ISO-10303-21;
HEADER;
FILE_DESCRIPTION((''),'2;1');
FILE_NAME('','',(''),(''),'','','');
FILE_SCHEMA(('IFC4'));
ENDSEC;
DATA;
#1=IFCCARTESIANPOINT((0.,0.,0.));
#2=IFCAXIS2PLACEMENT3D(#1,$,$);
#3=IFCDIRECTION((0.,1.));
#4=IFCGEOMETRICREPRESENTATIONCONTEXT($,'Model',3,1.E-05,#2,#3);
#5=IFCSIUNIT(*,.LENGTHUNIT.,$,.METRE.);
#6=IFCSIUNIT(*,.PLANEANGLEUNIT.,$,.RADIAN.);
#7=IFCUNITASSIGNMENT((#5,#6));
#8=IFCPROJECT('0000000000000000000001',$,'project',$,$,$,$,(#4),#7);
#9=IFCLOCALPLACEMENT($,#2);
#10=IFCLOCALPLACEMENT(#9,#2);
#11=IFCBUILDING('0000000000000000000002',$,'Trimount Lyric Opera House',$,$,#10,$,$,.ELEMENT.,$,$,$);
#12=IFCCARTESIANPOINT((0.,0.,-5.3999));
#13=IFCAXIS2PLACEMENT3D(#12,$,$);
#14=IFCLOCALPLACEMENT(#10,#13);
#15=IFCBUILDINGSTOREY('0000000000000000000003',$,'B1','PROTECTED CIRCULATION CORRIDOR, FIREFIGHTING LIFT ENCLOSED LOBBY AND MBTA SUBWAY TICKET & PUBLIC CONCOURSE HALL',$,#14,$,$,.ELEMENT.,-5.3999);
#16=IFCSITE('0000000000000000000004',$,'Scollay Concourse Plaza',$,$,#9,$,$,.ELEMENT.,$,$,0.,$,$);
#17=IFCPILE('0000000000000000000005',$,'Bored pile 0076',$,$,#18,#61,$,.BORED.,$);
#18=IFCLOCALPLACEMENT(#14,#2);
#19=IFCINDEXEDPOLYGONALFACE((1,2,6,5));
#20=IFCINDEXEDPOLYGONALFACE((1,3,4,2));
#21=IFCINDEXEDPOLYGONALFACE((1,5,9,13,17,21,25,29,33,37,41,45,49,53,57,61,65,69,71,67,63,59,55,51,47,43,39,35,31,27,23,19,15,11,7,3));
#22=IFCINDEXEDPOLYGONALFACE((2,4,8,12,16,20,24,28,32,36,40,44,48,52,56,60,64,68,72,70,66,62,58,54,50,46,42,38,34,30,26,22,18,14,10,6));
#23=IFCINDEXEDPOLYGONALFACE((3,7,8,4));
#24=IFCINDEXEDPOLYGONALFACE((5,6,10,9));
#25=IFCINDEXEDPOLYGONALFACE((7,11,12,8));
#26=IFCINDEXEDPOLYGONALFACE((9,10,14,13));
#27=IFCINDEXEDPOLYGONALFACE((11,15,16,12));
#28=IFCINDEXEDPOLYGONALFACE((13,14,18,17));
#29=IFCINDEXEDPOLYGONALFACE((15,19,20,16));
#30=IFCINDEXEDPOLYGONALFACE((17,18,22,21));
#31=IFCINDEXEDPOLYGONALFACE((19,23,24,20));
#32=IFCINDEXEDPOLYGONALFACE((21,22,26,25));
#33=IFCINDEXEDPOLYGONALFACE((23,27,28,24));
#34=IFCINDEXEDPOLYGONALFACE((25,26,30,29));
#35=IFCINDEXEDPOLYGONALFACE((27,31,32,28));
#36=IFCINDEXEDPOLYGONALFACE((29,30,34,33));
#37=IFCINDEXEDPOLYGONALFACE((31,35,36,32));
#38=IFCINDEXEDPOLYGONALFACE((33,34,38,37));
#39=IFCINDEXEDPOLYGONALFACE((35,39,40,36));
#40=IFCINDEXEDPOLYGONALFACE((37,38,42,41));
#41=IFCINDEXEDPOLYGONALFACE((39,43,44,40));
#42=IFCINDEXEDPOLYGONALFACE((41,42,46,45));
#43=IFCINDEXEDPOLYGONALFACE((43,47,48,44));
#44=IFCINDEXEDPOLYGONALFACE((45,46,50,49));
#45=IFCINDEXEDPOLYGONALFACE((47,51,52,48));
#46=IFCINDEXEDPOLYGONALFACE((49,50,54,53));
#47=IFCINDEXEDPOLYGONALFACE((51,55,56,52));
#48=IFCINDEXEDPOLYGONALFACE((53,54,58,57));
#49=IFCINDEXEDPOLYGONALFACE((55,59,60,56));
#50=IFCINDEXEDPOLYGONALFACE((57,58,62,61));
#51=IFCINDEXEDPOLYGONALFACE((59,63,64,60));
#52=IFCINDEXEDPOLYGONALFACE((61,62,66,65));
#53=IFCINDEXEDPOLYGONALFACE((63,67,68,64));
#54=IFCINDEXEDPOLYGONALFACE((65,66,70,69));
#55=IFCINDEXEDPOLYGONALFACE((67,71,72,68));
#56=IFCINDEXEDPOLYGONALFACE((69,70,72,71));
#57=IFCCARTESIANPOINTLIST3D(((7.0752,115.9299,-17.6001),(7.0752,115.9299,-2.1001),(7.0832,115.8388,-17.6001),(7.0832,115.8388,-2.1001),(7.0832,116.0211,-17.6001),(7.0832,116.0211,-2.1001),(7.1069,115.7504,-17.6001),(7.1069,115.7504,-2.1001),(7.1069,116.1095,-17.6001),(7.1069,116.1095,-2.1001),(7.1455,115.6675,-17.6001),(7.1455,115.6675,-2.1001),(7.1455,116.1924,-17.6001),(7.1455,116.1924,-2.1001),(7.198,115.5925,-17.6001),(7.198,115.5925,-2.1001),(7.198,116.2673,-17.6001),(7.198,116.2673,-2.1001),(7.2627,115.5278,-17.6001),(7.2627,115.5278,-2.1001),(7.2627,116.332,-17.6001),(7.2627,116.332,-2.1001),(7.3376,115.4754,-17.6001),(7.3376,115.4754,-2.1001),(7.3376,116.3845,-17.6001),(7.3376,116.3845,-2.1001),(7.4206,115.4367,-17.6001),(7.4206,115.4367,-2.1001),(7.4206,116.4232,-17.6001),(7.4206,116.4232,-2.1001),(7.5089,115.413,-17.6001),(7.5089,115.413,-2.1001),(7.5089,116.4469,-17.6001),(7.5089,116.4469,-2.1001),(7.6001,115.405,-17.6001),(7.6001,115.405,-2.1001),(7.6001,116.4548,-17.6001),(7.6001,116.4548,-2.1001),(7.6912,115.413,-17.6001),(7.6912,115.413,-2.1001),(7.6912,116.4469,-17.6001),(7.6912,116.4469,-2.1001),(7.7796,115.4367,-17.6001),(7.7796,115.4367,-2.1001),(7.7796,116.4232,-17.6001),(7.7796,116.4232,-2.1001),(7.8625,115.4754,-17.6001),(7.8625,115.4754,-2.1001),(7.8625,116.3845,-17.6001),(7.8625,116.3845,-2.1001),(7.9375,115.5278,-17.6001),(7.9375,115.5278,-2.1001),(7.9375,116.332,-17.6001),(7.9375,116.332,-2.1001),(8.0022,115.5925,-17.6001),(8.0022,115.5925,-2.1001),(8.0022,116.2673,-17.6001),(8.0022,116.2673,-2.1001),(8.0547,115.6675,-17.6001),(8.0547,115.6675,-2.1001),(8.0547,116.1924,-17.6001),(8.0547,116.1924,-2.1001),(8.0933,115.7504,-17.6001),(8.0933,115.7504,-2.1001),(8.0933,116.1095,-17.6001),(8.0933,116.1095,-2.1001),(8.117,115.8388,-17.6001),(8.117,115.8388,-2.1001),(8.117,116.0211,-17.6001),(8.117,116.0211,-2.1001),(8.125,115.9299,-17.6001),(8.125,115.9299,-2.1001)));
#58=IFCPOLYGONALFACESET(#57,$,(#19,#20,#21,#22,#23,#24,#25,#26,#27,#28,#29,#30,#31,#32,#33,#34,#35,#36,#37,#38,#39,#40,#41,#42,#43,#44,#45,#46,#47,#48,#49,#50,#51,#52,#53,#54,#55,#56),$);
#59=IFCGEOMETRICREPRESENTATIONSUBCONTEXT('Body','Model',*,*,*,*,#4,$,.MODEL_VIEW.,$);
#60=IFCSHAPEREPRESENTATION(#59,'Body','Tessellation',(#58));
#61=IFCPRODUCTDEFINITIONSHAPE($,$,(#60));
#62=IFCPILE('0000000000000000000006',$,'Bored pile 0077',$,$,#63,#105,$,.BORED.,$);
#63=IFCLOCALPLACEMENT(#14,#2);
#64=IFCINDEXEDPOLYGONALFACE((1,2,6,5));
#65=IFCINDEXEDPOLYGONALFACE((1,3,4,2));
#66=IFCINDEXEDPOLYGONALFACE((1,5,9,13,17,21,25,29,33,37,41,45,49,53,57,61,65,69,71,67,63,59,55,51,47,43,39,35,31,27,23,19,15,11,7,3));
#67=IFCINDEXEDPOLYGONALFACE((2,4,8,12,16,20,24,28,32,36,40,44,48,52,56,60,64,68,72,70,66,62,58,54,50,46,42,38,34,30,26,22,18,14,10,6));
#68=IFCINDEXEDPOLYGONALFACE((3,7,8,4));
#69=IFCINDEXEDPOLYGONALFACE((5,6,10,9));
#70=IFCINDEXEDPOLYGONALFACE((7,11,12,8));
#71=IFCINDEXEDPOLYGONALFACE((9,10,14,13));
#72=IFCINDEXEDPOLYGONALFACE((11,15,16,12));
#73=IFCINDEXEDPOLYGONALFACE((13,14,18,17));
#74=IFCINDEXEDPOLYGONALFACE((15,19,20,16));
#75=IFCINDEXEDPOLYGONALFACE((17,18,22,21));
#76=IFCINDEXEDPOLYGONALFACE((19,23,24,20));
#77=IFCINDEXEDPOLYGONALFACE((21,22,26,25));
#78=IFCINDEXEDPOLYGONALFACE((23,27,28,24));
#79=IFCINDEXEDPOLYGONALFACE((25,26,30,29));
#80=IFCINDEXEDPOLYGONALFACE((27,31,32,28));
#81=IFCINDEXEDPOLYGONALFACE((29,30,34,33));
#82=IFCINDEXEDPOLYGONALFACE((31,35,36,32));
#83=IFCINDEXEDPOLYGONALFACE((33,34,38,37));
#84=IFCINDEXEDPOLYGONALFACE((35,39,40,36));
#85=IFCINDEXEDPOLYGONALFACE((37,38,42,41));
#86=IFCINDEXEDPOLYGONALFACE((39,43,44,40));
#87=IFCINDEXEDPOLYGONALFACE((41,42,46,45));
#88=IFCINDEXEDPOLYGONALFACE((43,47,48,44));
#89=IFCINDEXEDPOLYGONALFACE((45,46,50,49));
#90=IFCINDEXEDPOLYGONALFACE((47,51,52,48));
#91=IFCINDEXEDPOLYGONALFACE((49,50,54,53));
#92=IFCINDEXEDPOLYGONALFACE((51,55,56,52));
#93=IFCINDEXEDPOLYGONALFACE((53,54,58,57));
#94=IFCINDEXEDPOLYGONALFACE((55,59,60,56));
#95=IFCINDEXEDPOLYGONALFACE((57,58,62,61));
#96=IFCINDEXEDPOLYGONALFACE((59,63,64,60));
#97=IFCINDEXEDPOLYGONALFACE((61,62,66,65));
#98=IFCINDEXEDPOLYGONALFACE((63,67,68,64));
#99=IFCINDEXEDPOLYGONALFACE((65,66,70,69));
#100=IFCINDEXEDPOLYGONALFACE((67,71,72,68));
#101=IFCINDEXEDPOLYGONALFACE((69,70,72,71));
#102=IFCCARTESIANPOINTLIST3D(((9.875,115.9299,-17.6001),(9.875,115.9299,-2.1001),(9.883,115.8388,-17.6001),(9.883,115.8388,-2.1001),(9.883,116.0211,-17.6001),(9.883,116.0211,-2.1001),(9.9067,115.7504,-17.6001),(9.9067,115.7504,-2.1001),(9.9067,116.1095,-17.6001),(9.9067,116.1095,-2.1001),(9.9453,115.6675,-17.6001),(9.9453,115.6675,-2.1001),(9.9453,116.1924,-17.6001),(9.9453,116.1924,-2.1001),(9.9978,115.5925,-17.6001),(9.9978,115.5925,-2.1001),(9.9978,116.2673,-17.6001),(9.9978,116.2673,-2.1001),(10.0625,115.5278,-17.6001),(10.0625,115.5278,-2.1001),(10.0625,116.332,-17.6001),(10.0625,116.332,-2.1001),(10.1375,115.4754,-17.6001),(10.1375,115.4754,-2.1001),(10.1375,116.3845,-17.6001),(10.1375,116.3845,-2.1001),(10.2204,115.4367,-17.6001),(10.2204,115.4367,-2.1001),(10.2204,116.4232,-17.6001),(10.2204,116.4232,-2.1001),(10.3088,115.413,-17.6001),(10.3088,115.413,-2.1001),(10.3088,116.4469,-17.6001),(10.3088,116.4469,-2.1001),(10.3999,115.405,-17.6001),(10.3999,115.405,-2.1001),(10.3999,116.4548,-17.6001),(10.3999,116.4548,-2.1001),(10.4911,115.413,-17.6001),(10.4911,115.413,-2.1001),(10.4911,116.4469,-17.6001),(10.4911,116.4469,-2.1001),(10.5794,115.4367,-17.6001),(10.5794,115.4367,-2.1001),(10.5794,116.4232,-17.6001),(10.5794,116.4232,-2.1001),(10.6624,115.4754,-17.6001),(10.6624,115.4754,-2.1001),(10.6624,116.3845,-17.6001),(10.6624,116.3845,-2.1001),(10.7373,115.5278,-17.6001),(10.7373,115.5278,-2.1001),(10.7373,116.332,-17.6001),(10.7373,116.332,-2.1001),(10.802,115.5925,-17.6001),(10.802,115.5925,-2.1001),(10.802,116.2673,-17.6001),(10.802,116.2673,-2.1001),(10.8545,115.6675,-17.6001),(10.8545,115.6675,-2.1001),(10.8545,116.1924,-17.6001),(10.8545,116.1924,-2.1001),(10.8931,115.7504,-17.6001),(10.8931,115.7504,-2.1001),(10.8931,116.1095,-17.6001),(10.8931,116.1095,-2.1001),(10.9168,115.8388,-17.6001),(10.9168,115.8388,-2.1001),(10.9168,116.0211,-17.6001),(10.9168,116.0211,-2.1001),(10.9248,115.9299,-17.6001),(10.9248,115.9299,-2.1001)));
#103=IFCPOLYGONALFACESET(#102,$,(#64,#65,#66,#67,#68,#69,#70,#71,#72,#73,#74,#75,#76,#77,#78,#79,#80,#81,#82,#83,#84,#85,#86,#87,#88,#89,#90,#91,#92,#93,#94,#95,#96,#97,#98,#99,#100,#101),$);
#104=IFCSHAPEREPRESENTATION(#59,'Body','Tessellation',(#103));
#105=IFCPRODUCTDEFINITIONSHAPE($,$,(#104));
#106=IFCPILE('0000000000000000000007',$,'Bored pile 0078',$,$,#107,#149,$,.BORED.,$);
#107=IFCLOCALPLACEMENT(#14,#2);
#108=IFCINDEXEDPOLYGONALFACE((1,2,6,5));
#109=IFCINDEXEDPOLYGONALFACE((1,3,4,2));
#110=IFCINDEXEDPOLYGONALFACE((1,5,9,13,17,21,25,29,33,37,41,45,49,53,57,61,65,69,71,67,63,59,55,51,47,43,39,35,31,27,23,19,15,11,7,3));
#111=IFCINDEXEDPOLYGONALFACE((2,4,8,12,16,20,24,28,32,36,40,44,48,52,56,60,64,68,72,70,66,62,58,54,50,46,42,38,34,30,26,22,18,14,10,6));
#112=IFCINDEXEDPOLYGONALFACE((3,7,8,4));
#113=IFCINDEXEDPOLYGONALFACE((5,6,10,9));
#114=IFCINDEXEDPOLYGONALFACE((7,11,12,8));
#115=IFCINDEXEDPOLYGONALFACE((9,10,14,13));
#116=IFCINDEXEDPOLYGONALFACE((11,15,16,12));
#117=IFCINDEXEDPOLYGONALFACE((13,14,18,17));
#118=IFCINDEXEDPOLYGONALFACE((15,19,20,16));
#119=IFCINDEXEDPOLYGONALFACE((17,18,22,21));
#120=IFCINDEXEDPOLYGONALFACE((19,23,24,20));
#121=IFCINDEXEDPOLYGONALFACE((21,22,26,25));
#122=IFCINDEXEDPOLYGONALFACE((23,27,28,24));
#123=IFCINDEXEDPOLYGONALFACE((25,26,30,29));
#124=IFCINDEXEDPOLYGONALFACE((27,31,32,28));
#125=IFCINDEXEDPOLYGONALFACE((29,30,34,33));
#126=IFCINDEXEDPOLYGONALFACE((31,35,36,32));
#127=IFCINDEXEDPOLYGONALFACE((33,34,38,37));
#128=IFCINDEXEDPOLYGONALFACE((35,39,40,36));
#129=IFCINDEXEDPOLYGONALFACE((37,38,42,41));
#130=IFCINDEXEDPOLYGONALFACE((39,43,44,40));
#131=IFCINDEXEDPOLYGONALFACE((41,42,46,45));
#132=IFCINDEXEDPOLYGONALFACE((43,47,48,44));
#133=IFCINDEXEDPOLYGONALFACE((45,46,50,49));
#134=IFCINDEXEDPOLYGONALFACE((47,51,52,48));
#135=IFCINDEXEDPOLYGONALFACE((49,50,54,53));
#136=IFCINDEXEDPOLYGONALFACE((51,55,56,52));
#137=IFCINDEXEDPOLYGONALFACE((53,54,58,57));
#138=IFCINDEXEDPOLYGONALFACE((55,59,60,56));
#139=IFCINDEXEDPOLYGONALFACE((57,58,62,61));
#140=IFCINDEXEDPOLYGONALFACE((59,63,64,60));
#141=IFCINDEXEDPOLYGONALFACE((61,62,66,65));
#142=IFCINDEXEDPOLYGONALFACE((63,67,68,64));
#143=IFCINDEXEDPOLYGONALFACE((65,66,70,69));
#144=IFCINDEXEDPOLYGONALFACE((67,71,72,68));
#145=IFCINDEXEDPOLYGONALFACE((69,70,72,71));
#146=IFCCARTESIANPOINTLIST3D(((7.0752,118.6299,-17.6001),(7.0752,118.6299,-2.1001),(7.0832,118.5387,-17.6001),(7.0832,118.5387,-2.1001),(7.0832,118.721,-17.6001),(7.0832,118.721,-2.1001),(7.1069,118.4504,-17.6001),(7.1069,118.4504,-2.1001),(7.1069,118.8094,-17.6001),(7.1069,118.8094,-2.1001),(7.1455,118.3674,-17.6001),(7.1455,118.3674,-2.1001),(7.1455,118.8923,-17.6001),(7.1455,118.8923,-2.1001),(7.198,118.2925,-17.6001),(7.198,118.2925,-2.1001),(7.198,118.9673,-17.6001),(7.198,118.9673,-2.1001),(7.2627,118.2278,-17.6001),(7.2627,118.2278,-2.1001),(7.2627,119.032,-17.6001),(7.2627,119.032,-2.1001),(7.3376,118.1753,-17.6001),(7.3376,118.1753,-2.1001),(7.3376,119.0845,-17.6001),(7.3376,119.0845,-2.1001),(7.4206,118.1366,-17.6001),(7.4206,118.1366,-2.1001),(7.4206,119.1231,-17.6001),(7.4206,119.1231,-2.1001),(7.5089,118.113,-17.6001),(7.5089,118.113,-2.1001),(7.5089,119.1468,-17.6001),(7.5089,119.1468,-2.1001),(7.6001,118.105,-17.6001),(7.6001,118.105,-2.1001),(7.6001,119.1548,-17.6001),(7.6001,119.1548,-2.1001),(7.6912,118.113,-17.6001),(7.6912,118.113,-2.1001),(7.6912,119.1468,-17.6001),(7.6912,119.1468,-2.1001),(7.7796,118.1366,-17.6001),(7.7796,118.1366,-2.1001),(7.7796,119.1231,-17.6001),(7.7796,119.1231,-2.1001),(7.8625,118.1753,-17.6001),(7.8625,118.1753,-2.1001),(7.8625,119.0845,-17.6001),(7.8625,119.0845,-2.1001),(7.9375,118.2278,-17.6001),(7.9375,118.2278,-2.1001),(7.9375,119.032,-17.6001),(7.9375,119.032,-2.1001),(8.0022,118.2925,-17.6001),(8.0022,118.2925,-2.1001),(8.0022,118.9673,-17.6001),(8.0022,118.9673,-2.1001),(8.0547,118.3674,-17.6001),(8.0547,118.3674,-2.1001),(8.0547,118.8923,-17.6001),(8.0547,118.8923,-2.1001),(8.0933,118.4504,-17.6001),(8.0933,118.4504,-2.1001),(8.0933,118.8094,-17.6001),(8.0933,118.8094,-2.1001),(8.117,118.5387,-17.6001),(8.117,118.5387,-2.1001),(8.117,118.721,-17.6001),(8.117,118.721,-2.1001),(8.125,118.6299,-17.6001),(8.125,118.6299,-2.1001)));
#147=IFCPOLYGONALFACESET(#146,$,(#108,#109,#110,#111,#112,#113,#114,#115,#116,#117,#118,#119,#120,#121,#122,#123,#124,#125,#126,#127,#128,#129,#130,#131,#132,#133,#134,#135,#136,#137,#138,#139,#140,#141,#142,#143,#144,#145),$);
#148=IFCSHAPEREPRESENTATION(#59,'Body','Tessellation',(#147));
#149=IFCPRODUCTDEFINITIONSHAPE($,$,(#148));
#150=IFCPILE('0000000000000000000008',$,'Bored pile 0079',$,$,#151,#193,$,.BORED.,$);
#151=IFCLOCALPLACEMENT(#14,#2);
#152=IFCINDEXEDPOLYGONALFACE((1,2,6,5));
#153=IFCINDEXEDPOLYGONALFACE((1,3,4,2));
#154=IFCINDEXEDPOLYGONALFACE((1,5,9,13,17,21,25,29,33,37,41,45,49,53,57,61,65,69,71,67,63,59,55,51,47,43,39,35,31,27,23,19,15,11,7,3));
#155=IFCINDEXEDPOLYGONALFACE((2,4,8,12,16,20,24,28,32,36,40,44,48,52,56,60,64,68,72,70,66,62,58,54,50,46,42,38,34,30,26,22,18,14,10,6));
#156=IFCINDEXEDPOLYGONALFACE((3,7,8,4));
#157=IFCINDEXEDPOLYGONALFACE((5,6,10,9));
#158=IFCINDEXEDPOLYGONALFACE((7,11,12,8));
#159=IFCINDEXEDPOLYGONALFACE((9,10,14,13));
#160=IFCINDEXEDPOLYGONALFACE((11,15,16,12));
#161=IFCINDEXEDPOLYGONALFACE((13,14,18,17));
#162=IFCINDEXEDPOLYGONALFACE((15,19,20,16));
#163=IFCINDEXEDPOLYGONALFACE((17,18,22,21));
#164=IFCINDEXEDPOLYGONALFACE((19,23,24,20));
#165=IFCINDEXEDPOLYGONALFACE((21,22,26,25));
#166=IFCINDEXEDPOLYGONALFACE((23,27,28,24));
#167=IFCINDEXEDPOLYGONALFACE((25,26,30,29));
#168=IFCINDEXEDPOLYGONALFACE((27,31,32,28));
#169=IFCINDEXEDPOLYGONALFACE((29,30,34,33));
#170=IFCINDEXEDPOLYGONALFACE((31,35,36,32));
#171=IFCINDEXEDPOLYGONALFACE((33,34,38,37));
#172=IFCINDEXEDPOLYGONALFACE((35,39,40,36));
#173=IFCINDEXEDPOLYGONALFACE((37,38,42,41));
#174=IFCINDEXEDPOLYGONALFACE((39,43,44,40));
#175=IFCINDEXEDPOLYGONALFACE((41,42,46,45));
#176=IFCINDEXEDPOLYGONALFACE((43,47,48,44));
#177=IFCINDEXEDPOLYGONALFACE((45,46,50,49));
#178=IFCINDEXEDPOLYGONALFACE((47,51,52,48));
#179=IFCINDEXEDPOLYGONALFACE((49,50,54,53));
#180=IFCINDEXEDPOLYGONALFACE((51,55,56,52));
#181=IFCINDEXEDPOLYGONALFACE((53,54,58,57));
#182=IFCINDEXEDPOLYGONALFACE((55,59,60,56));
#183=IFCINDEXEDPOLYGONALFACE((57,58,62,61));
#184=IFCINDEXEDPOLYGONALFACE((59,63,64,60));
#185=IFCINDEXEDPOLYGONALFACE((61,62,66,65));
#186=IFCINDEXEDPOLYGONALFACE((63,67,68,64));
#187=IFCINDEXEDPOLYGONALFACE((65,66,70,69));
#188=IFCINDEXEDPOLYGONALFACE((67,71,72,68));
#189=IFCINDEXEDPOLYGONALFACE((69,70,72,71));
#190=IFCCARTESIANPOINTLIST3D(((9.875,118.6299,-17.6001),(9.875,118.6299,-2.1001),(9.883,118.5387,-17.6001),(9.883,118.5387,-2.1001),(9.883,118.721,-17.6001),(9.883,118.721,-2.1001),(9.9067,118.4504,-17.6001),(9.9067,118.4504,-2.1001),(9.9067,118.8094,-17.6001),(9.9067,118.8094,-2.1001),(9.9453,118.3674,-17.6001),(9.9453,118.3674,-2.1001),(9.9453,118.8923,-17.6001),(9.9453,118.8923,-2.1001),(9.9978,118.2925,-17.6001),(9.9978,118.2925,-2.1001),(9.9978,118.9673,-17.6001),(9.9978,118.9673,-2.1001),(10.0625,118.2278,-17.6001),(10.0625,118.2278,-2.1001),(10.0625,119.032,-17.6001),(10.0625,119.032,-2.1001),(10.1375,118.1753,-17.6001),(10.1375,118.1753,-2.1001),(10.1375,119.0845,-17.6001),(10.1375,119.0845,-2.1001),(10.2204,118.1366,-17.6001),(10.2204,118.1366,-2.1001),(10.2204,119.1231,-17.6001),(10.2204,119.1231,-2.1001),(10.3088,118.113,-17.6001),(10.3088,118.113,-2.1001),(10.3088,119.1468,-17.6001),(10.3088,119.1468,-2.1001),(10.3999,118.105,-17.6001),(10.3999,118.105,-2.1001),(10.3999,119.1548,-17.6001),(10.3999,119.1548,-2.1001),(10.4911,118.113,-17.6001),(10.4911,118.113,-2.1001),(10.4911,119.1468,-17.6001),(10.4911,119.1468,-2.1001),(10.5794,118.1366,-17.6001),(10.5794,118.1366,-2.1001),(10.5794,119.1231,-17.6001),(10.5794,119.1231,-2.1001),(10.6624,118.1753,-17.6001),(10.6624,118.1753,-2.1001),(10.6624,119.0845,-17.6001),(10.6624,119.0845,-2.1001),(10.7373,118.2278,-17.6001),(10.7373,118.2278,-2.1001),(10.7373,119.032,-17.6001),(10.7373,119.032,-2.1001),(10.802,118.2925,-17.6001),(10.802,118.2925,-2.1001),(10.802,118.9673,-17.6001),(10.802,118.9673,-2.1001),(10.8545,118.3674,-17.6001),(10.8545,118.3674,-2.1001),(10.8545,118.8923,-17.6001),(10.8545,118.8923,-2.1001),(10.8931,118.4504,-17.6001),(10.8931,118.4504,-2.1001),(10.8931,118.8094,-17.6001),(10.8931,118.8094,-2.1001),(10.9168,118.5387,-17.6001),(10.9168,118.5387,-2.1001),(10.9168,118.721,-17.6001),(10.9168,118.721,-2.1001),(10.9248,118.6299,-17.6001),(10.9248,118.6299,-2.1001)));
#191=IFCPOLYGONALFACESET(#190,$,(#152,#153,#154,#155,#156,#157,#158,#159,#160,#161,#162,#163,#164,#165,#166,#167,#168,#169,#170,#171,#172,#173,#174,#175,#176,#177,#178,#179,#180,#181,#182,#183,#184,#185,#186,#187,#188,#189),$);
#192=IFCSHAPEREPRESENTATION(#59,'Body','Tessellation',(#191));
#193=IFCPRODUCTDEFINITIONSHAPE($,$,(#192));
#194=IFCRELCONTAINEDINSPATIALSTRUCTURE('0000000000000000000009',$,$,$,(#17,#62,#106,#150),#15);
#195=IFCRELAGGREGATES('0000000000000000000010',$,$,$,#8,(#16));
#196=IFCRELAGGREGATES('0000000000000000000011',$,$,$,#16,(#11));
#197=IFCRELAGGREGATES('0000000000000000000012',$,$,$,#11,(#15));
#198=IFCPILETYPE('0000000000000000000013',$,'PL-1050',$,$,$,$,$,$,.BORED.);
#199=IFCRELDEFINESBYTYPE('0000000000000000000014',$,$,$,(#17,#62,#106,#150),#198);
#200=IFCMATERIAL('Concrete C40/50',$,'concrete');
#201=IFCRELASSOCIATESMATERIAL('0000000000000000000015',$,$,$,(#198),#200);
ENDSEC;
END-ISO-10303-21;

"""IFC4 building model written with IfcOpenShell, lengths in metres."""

from ifc_helpers import new_model, si_unit, direction, frame, origin, origin_2d, place, context, subcontext, project, spatial, circle, extrude, material, material_profile, profile_set, type_object, element, save


model = new_model("IFC4")

# Units and contexts
model_context = context("Model", 3, precision=1e-05, world=origin(), true_north=direction((0.0, 1.0)))
body_context = subcontext(model_context, "Body", "Model", "MODEL_VIEW")
ifc_project = project(units=[si_unit("LENGTHUNIT", "METRE"), si_unit("PLANEANGLEUNIT", "RADIAN")], contexts=[model_context])

# Site, building, storey
site_placement = place(None, origin())
site = spatial("IfcSite", under=ifc_project, at=site_placement, Name="Scollay Concourse Plaza", CompositionType="ELEMENT", RefElevation=0.0)
building_placement = place(site_placement, origin())
building = spatial("IfcBuilding", under=site, at=building_placement, Name="Trimount Lyric Opera House", CompositionType="ELEMENT")
storey_placement = place(building_placement, frame((0.0, 0.0, -5.3999)))
storey = spatial("IfcBuildingStorey", under=building, at=storey_placement, Name="B1", Description="PROTECTED CIRCULATION CORRIDOR, FIREFIGHTING LIFT ENCLOSED LOBBY AND MBTA SUBWAY TICKET & PUBLIC CONCOURSE HALL", CompositionType="ELEMENT", Elevation=-5.3999)

# Piles
ifc_material_1 = material(Name="Concrete C40/50", Category="concrete")
ifc_material_profile_1 = material_profile(ifc_material_1, circle(Radius=0.5249, at=origin_2d()), Name="PILE-D1050")
ifc_profile_set_1 = profile_set([ifc_material_profile_1], Name="Concrete C40/50")
pile_type_1 = type_object("IfcPileType", Name="PL-1050", PredefinedType="BORED", material=ifc_profile_set_1)
for number, where, z_axis, x_axis, name in (
    (1, (7.6001, 115.9299, -2.1001), (0.0, 0.0, -1.0), (1.0, 0.0, 0.0), "Bored pile 0076"),
    (2, (10.3999, 115.9299, -2.1001), (0.0, 0.0, -1.0), (1.0, 0.0, 0.0), "Bored pile 0077"),
    (3, (7.6001, 118.6299, -2.1001), (0.0, 0.0, -1.0), (1.0, 0.0, 0.0), "Bored pile 0078"),
    (4, (10.3999, 118.6299, -2.1001), (0.0, 0.0, -1.0), (1.0, 0.0, 0.0), "Bored pile 0079"),
):
    element("IfcPile", number, at=place(storey_placement, frame(where, z_axis=z_axis, x_axis=x_axis)), inside=storey, type_object=pile_type_1, Name=name, PredefinedType="BORED", context=body_context, shape_type="SweptSolid", body=[
        extrude(circle(Radius=0.5249, at=origin_2d()), origin(), (0.0, 0.0, 1.0), 15.5),
    ])

save(model, "model.ifc")
